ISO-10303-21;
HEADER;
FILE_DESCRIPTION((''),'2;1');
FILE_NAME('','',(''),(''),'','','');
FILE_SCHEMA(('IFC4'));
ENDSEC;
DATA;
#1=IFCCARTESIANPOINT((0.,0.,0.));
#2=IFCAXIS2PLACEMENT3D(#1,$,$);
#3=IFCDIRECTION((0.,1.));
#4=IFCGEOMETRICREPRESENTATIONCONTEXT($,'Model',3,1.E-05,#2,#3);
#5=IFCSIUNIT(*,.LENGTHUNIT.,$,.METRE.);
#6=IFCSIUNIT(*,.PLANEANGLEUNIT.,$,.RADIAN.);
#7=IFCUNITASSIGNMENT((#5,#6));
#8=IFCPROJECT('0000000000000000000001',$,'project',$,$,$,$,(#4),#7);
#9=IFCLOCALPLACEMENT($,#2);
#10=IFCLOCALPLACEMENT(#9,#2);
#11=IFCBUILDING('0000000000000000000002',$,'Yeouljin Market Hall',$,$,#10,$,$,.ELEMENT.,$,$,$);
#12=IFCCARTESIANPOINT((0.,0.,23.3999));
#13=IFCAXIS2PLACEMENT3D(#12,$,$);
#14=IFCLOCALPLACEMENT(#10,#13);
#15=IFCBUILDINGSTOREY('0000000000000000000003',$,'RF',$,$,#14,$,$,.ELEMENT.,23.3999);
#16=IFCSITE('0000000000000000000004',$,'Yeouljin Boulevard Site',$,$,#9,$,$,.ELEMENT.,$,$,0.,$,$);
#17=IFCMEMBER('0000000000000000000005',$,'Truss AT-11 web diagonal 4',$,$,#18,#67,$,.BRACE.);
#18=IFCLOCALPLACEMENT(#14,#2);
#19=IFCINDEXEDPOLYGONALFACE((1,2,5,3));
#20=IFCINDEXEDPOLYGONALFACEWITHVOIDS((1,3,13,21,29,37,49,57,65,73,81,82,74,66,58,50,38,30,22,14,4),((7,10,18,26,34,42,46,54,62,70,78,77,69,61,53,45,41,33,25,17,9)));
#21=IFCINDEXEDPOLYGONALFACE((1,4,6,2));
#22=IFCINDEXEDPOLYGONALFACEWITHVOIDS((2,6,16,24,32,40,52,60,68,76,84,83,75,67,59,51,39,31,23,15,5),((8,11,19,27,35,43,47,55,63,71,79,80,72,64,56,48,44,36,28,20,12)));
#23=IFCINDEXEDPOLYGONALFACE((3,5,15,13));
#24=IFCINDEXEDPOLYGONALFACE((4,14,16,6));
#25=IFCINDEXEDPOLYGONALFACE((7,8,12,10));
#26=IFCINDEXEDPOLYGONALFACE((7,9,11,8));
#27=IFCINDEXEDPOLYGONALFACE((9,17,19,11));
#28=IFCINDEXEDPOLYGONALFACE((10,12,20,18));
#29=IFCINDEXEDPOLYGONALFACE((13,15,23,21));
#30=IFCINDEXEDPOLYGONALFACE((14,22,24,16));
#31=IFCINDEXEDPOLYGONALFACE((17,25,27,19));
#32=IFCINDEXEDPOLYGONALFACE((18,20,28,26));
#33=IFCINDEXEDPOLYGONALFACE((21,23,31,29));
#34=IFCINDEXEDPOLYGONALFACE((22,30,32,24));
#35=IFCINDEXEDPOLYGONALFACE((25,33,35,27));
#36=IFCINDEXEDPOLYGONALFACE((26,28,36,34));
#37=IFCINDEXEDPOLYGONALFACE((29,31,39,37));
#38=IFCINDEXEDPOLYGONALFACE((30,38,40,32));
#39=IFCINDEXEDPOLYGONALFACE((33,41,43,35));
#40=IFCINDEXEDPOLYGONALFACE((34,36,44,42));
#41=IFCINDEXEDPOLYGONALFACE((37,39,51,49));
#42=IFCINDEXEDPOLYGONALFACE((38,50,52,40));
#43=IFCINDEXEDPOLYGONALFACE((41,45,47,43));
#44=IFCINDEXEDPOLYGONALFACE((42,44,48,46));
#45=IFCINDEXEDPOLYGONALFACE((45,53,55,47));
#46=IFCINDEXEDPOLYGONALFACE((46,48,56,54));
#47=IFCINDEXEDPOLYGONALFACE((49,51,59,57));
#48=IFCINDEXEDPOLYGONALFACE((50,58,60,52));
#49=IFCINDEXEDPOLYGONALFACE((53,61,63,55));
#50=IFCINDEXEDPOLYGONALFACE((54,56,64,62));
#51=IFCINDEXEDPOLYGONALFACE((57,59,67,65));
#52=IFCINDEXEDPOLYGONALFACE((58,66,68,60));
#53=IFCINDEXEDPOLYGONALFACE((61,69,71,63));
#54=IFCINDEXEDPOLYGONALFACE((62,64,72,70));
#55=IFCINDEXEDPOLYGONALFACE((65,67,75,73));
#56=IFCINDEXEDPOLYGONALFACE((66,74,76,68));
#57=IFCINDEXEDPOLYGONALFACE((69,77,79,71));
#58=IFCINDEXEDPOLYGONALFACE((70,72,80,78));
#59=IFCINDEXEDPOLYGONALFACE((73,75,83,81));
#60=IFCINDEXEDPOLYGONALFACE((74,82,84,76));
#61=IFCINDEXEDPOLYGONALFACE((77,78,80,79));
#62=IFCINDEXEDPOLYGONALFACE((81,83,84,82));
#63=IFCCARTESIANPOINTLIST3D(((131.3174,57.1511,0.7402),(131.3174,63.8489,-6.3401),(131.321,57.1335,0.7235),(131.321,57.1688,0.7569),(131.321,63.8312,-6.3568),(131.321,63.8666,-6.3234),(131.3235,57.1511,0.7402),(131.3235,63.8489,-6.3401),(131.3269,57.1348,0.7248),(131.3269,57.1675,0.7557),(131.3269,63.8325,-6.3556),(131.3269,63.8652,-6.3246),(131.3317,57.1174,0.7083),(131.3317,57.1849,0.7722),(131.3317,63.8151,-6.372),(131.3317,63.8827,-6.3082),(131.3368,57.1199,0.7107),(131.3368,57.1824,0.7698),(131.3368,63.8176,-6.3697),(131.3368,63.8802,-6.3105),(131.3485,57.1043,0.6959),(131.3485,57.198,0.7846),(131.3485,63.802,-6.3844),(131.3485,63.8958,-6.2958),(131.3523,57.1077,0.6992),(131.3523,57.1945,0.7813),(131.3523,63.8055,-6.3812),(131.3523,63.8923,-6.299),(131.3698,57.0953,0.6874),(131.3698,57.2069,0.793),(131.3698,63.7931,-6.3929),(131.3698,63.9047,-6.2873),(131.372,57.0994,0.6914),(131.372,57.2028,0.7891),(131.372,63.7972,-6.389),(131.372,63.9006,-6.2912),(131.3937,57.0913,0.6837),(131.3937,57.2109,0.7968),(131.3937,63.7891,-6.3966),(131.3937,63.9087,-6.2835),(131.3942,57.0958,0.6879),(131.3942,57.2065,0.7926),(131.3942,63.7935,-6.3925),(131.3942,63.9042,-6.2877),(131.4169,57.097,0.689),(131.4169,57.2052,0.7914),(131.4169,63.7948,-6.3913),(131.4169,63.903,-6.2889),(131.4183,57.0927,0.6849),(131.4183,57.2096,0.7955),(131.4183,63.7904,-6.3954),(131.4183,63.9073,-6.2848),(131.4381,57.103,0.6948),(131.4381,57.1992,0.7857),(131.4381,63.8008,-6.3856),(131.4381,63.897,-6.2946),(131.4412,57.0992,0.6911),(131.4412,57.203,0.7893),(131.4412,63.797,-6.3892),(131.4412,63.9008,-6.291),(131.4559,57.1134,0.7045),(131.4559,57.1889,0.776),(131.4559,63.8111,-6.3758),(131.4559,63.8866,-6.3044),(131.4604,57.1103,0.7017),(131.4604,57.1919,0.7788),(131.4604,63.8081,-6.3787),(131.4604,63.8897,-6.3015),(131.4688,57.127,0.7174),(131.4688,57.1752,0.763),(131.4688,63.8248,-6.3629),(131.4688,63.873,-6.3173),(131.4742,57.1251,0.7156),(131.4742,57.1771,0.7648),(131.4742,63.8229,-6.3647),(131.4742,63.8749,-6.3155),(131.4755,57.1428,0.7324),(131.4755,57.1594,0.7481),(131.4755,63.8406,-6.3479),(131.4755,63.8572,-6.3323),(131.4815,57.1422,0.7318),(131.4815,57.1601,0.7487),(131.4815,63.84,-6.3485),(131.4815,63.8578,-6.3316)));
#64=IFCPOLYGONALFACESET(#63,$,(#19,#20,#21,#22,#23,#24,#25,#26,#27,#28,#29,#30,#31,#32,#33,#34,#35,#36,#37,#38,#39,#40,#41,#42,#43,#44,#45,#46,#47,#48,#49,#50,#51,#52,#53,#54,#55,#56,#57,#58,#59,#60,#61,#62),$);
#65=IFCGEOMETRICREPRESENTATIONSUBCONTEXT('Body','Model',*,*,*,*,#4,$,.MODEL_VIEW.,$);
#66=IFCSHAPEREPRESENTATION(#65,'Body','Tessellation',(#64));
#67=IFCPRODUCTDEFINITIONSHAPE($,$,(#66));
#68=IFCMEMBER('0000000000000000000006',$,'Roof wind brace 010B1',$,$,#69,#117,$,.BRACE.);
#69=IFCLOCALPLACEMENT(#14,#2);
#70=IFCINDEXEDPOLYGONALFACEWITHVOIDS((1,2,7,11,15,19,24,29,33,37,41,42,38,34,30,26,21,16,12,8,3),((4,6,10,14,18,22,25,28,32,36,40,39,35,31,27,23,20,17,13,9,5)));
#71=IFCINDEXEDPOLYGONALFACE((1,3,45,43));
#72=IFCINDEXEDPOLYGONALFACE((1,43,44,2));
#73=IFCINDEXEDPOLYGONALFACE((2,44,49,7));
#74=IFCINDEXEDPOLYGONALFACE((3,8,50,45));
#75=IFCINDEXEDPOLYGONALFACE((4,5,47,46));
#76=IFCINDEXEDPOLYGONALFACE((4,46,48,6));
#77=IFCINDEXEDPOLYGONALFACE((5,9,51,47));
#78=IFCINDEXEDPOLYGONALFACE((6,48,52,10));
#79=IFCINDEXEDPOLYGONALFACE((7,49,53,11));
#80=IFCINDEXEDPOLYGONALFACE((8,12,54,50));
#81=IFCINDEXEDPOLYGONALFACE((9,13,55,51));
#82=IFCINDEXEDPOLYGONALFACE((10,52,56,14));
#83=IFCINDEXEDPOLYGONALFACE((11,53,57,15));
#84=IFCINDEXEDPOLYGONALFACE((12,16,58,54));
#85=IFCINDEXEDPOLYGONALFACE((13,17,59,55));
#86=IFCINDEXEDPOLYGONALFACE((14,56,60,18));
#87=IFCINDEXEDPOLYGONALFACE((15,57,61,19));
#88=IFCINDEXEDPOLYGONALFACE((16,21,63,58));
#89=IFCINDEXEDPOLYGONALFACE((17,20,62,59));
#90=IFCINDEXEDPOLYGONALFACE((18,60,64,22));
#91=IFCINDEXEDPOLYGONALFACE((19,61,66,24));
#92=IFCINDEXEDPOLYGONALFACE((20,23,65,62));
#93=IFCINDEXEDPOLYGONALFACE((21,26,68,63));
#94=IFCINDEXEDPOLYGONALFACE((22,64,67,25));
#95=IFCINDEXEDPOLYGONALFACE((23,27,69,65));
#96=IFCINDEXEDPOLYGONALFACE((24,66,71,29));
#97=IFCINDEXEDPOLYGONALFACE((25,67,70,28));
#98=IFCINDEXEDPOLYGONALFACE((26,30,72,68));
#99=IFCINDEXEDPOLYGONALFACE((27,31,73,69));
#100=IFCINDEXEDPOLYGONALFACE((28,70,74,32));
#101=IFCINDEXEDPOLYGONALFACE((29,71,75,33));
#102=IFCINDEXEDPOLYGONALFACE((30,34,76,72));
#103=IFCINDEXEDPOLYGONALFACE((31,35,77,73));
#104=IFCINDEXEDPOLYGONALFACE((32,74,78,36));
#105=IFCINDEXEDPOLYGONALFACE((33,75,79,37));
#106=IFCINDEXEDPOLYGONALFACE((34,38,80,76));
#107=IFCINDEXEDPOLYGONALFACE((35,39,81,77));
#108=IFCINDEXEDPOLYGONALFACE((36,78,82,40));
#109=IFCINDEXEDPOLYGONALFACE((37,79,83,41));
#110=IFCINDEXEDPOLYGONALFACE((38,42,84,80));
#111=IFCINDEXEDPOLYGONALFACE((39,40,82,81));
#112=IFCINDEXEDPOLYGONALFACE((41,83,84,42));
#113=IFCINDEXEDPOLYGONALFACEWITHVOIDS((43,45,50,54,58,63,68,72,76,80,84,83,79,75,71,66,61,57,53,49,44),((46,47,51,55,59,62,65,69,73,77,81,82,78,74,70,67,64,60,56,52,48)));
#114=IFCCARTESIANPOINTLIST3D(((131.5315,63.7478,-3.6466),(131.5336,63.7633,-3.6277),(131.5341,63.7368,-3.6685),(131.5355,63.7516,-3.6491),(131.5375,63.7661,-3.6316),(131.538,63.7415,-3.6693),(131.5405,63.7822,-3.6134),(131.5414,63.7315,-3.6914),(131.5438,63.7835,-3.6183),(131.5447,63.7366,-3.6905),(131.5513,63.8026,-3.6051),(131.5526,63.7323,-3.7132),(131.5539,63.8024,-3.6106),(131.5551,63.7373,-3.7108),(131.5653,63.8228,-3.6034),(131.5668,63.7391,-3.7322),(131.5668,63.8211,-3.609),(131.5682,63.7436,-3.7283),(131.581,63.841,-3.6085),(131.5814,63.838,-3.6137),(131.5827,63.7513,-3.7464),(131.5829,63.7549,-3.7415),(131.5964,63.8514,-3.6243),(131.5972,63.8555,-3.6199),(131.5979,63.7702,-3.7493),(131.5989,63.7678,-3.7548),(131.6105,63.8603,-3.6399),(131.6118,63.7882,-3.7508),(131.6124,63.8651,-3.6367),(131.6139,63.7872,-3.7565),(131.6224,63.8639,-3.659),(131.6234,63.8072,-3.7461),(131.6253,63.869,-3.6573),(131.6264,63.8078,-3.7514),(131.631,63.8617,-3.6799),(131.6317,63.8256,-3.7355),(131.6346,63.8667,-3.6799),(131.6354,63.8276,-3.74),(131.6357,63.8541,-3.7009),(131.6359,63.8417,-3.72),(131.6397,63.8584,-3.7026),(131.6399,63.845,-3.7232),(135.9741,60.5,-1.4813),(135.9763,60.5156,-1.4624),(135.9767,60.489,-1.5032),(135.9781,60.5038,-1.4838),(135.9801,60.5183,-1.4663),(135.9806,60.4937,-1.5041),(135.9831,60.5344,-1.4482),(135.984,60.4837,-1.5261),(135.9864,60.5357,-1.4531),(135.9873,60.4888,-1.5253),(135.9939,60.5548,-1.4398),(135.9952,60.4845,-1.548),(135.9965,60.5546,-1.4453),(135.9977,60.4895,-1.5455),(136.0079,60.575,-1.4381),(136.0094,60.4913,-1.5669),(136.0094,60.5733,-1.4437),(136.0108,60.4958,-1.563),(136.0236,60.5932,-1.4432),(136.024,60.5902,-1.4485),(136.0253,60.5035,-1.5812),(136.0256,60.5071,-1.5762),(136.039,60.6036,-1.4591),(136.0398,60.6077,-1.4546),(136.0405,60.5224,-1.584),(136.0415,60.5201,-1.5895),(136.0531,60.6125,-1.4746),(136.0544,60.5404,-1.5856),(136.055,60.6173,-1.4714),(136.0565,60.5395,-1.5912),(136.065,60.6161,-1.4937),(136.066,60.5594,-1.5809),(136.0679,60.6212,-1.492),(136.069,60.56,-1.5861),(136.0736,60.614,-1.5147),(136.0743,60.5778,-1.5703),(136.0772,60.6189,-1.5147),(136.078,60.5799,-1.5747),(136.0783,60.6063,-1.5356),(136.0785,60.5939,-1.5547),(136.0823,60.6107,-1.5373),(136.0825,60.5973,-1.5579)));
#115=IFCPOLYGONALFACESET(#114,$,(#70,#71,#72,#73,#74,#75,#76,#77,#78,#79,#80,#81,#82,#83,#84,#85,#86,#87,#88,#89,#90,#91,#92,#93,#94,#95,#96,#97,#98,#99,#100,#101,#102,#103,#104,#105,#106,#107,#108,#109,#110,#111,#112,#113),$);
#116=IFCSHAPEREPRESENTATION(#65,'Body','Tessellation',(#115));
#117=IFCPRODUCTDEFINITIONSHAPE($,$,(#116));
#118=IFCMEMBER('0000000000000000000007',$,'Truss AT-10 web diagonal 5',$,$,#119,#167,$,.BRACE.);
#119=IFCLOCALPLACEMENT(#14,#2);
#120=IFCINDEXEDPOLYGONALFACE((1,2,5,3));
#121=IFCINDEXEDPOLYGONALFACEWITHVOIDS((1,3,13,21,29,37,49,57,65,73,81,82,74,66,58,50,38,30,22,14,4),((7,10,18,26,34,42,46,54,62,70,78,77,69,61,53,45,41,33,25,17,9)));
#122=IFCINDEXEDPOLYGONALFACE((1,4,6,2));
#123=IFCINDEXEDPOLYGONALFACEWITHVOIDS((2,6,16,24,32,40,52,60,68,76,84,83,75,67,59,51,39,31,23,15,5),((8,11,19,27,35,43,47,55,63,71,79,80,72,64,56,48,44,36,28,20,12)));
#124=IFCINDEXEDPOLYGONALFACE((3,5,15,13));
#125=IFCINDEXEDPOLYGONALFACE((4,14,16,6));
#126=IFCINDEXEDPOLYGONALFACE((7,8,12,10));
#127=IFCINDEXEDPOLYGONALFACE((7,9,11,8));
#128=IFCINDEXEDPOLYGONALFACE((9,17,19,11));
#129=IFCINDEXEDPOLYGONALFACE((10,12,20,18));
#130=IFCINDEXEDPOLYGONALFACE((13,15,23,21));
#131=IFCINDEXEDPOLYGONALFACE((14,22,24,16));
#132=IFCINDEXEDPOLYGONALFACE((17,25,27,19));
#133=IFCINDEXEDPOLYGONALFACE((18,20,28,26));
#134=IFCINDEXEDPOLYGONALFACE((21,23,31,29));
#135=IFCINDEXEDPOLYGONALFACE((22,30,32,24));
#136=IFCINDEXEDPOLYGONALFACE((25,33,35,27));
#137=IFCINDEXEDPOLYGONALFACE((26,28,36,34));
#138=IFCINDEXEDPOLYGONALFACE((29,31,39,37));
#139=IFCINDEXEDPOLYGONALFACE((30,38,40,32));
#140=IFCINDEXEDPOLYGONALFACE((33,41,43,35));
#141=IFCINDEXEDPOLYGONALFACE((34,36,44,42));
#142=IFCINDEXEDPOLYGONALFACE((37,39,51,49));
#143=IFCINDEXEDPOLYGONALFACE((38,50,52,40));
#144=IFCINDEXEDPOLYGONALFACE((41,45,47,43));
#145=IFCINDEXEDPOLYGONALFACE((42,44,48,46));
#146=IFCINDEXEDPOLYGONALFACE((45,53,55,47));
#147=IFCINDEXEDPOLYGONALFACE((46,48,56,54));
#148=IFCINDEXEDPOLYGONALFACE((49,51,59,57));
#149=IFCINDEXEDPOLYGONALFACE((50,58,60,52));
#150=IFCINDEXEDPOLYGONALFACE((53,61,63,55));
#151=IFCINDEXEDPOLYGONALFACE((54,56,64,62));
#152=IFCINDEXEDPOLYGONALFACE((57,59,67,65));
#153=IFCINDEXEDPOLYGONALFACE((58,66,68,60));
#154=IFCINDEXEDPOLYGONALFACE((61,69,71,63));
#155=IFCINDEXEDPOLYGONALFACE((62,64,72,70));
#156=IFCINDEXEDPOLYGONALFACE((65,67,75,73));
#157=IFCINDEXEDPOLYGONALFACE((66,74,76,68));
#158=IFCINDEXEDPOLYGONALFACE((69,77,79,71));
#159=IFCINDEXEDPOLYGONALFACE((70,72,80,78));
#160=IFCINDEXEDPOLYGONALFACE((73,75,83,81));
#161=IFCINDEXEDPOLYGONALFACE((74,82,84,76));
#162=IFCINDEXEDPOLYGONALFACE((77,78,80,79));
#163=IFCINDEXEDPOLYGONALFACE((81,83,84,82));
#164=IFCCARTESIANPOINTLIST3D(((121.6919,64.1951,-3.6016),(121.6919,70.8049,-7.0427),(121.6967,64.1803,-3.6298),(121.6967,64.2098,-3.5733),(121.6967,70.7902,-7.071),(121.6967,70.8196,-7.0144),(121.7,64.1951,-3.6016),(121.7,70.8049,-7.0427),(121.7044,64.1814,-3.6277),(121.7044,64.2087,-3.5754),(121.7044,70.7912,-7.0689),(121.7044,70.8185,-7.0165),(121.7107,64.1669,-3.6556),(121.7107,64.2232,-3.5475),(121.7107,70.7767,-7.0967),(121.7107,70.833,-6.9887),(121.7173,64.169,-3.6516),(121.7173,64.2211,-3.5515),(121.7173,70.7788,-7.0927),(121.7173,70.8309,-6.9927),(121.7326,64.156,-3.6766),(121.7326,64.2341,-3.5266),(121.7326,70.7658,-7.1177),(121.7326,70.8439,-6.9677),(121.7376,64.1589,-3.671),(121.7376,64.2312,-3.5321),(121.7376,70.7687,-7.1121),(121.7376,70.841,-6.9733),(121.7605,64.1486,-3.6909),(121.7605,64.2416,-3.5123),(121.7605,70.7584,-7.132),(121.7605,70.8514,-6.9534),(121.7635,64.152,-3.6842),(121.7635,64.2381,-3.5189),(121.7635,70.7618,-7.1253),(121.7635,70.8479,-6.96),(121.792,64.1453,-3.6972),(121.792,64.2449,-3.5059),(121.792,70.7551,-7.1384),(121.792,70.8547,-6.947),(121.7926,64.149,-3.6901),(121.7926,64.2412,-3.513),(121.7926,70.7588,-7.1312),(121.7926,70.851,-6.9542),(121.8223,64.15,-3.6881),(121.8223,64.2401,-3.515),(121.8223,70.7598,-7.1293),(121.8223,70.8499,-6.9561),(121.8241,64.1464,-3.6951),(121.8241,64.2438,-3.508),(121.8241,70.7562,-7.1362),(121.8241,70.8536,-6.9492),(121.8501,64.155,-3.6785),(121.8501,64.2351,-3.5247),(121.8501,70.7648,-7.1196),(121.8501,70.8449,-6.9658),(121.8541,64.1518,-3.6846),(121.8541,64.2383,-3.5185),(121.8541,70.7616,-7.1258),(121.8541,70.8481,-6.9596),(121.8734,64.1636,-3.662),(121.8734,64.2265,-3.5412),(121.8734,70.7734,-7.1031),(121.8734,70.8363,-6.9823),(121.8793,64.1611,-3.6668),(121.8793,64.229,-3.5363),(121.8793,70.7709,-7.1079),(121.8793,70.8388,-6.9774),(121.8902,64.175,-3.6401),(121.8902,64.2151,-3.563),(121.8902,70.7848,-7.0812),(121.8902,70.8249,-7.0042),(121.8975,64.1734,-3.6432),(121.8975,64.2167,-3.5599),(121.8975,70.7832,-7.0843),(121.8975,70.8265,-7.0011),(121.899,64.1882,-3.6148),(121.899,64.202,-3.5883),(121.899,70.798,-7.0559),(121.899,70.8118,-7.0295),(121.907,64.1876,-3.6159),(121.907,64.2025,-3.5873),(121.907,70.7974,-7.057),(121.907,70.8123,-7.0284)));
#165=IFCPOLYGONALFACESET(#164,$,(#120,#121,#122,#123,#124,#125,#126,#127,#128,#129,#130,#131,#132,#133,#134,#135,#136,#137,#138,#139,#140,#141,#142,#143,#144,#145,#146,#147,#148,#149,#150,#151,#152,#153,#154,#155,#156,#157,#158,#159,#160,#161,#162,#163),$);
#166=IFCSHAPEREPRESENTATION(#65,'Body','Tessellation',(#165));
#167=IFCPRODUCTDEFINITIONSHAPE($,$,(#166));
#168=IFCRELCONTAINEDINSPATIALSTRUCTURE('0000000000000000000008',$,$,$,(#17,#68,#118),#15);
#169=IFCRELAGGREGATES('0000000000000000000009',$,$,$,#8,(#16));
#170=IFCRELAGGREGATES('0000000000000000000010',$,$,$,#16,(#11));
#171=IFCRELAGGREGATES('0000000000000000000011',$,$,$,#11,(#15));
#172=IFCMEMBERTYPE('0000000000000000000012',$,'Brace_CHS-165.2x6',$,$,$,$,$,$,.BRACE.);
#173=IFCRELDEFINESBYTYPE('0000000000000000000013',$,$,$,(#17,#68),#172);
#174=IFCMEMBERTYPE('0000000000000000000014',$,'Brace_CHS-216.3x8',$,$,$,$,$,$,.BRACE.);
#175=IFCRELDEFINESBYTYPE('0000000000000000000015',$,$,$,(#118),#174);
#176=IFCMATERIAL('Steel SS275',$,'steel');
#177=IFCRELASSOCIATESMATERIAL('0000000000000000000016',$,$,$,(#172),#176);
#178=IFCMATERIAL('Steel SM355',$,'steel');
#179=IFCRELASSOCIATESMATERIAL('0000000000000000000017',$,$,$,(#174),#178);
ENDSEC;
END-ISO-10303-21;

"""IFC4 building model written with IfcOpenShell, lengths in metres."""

from ifc_helpers import new_model, si_unit, direction, frame, origin, origin_2d, place, context, subcontext, project, spatial, hollow_circle, extrude, material, material_profile, profile_set, type_object, element, save


model = new_model("IFC4")

# Units and contexts
model_context = context("Model", 3, precision=1e-05, world=origin(), true_north=direction((0.0, 1.0)))
body_context = subcontext(model_context, "Body", "Model", "MODEL_VIEW")
ifc_project = project(units=[si_unit("LENGTHUNIT", "METRE"), si_unit("PLANEANGLEUNIT", "RADIAN")], contexts=[model_context])

# Site, building, storey
site_placement = place(None, origin())
site = spatial("IfcSite", under=ifc_project, at=site_placement, Name="Yeouljin Boulevard Site", CompositionType="ELEMENT", RefElevation=0.0)
building_placement = place(site_placement, origin())
building = spatial("IfcBuilding", under=site, at=building_placement, Name="Yeouljin Market Hall", CompositionType="ELEMENT")
storey_placement = place(building_placement, frame((0.0, 0.0, 23.3999)))
storey = spatial("IfcBuildingStorey", under=building, at=storey_placement, Name="RF", CompositionType="ELEMENT", Elevation=23.3999)

# Members
ifc_material_1 = material(Name="Steel SS275", Category="steel")
ifc_material_profile_1 = material_profile(ifc_material_1, hollow_circle(Radius=0.0825, WallThickness=0.0061, at=origin_2d()), Name="CHS-165.2x6")
ifc_profile_set_1 = profile_set([ifc_material_profile_1], Name="Steel SS275")
member_type_1 = type_object("IfcMemberType", Name="Brace_CHS-165.2x6", PredefinedType="BRACE", material=ifc_profile_set_1)
member_1_placement = place(storey_placement, frame((131.3999, 57.1511, 0.7402), z_axis=(0.0, 0.687208, -0.726461), x_axis=(-1.0, 0.0, 0.0)))
element("IfcMember", 1, at=member_1_placement, inside=storey, type_object=member_type_1, Name="Truss AT-11 web diagonal 4", PredefinedType="BRACE", context=body_context, shape_type="SweptSolid", body=[
    extrude(hollow_circle(Radius=0.0825, WallThickness=0.0061, at=origin_2d()), origin(), (0.0, 0.0, 1.0), 9.7463),
])
member_2_placement = place(storey_placement, frame((131.5859, 63.8, -3.6799), z_axis=(0.751224, -0.549186, 0.366138), x_axis=(0.590167, 0.807281, 0.0)))
element("IfcMember", 2, at=member_2_placement, inside=storey, type_object=member_type_1, Name="Roof wind brace 010B1", PredefinedType="BRACE", context=body_context, shape_type="SweptSolid", body=[
    extrude(hollow_circle(Radius=0.0825, WallThickness=0.0061, at=origin_2d()), origin(), (0.0, 0.0, 1.0), 5.9138),
])
ifc_material_2 = material(Name="Steel SM355", Category="steel")
ifc_material_profile_2 = material_profile(ifc_material_2, hollow_circle(Radius=0.1082, WallThickness=0.0081, at=origin_2d()), Name="CHS-216.3x8")
ifc_profile_set_2 = profile_set([ifc_material_profile_2], Name="Steel SM355")
member_type_2 = type_object("IfcMemberType", Name="Brace_CHS-216.3x8", PredefinedType="BRACE", material=ifc_profile_set_2)
for number, where, z_axis, x_axis, name in (
    (3, (121.8, 64.1951, -3.6016), (0.0, 0.886995, -0.461779), (-1.0, 0.0, 0.0), "Truss AT-10 web diagonal 5"),
):
    element("IfcMember", number, at=place(storey_placement, frame(where, z_axis=z_axis, x_axis=x_axis)), inside=storey, type_object=member_type_2, Name=name, PredefinedType="BRACE", context=body_context, shape_type="SweptSolid", body=[
        extrude(hollow_circle(Radius=0.1082, WallThickness=0.0081, at=origin_2d()), origin(), (0.0, 0.0, 1.0), 7.4519),
    ])

save(model, "model.ifc")
